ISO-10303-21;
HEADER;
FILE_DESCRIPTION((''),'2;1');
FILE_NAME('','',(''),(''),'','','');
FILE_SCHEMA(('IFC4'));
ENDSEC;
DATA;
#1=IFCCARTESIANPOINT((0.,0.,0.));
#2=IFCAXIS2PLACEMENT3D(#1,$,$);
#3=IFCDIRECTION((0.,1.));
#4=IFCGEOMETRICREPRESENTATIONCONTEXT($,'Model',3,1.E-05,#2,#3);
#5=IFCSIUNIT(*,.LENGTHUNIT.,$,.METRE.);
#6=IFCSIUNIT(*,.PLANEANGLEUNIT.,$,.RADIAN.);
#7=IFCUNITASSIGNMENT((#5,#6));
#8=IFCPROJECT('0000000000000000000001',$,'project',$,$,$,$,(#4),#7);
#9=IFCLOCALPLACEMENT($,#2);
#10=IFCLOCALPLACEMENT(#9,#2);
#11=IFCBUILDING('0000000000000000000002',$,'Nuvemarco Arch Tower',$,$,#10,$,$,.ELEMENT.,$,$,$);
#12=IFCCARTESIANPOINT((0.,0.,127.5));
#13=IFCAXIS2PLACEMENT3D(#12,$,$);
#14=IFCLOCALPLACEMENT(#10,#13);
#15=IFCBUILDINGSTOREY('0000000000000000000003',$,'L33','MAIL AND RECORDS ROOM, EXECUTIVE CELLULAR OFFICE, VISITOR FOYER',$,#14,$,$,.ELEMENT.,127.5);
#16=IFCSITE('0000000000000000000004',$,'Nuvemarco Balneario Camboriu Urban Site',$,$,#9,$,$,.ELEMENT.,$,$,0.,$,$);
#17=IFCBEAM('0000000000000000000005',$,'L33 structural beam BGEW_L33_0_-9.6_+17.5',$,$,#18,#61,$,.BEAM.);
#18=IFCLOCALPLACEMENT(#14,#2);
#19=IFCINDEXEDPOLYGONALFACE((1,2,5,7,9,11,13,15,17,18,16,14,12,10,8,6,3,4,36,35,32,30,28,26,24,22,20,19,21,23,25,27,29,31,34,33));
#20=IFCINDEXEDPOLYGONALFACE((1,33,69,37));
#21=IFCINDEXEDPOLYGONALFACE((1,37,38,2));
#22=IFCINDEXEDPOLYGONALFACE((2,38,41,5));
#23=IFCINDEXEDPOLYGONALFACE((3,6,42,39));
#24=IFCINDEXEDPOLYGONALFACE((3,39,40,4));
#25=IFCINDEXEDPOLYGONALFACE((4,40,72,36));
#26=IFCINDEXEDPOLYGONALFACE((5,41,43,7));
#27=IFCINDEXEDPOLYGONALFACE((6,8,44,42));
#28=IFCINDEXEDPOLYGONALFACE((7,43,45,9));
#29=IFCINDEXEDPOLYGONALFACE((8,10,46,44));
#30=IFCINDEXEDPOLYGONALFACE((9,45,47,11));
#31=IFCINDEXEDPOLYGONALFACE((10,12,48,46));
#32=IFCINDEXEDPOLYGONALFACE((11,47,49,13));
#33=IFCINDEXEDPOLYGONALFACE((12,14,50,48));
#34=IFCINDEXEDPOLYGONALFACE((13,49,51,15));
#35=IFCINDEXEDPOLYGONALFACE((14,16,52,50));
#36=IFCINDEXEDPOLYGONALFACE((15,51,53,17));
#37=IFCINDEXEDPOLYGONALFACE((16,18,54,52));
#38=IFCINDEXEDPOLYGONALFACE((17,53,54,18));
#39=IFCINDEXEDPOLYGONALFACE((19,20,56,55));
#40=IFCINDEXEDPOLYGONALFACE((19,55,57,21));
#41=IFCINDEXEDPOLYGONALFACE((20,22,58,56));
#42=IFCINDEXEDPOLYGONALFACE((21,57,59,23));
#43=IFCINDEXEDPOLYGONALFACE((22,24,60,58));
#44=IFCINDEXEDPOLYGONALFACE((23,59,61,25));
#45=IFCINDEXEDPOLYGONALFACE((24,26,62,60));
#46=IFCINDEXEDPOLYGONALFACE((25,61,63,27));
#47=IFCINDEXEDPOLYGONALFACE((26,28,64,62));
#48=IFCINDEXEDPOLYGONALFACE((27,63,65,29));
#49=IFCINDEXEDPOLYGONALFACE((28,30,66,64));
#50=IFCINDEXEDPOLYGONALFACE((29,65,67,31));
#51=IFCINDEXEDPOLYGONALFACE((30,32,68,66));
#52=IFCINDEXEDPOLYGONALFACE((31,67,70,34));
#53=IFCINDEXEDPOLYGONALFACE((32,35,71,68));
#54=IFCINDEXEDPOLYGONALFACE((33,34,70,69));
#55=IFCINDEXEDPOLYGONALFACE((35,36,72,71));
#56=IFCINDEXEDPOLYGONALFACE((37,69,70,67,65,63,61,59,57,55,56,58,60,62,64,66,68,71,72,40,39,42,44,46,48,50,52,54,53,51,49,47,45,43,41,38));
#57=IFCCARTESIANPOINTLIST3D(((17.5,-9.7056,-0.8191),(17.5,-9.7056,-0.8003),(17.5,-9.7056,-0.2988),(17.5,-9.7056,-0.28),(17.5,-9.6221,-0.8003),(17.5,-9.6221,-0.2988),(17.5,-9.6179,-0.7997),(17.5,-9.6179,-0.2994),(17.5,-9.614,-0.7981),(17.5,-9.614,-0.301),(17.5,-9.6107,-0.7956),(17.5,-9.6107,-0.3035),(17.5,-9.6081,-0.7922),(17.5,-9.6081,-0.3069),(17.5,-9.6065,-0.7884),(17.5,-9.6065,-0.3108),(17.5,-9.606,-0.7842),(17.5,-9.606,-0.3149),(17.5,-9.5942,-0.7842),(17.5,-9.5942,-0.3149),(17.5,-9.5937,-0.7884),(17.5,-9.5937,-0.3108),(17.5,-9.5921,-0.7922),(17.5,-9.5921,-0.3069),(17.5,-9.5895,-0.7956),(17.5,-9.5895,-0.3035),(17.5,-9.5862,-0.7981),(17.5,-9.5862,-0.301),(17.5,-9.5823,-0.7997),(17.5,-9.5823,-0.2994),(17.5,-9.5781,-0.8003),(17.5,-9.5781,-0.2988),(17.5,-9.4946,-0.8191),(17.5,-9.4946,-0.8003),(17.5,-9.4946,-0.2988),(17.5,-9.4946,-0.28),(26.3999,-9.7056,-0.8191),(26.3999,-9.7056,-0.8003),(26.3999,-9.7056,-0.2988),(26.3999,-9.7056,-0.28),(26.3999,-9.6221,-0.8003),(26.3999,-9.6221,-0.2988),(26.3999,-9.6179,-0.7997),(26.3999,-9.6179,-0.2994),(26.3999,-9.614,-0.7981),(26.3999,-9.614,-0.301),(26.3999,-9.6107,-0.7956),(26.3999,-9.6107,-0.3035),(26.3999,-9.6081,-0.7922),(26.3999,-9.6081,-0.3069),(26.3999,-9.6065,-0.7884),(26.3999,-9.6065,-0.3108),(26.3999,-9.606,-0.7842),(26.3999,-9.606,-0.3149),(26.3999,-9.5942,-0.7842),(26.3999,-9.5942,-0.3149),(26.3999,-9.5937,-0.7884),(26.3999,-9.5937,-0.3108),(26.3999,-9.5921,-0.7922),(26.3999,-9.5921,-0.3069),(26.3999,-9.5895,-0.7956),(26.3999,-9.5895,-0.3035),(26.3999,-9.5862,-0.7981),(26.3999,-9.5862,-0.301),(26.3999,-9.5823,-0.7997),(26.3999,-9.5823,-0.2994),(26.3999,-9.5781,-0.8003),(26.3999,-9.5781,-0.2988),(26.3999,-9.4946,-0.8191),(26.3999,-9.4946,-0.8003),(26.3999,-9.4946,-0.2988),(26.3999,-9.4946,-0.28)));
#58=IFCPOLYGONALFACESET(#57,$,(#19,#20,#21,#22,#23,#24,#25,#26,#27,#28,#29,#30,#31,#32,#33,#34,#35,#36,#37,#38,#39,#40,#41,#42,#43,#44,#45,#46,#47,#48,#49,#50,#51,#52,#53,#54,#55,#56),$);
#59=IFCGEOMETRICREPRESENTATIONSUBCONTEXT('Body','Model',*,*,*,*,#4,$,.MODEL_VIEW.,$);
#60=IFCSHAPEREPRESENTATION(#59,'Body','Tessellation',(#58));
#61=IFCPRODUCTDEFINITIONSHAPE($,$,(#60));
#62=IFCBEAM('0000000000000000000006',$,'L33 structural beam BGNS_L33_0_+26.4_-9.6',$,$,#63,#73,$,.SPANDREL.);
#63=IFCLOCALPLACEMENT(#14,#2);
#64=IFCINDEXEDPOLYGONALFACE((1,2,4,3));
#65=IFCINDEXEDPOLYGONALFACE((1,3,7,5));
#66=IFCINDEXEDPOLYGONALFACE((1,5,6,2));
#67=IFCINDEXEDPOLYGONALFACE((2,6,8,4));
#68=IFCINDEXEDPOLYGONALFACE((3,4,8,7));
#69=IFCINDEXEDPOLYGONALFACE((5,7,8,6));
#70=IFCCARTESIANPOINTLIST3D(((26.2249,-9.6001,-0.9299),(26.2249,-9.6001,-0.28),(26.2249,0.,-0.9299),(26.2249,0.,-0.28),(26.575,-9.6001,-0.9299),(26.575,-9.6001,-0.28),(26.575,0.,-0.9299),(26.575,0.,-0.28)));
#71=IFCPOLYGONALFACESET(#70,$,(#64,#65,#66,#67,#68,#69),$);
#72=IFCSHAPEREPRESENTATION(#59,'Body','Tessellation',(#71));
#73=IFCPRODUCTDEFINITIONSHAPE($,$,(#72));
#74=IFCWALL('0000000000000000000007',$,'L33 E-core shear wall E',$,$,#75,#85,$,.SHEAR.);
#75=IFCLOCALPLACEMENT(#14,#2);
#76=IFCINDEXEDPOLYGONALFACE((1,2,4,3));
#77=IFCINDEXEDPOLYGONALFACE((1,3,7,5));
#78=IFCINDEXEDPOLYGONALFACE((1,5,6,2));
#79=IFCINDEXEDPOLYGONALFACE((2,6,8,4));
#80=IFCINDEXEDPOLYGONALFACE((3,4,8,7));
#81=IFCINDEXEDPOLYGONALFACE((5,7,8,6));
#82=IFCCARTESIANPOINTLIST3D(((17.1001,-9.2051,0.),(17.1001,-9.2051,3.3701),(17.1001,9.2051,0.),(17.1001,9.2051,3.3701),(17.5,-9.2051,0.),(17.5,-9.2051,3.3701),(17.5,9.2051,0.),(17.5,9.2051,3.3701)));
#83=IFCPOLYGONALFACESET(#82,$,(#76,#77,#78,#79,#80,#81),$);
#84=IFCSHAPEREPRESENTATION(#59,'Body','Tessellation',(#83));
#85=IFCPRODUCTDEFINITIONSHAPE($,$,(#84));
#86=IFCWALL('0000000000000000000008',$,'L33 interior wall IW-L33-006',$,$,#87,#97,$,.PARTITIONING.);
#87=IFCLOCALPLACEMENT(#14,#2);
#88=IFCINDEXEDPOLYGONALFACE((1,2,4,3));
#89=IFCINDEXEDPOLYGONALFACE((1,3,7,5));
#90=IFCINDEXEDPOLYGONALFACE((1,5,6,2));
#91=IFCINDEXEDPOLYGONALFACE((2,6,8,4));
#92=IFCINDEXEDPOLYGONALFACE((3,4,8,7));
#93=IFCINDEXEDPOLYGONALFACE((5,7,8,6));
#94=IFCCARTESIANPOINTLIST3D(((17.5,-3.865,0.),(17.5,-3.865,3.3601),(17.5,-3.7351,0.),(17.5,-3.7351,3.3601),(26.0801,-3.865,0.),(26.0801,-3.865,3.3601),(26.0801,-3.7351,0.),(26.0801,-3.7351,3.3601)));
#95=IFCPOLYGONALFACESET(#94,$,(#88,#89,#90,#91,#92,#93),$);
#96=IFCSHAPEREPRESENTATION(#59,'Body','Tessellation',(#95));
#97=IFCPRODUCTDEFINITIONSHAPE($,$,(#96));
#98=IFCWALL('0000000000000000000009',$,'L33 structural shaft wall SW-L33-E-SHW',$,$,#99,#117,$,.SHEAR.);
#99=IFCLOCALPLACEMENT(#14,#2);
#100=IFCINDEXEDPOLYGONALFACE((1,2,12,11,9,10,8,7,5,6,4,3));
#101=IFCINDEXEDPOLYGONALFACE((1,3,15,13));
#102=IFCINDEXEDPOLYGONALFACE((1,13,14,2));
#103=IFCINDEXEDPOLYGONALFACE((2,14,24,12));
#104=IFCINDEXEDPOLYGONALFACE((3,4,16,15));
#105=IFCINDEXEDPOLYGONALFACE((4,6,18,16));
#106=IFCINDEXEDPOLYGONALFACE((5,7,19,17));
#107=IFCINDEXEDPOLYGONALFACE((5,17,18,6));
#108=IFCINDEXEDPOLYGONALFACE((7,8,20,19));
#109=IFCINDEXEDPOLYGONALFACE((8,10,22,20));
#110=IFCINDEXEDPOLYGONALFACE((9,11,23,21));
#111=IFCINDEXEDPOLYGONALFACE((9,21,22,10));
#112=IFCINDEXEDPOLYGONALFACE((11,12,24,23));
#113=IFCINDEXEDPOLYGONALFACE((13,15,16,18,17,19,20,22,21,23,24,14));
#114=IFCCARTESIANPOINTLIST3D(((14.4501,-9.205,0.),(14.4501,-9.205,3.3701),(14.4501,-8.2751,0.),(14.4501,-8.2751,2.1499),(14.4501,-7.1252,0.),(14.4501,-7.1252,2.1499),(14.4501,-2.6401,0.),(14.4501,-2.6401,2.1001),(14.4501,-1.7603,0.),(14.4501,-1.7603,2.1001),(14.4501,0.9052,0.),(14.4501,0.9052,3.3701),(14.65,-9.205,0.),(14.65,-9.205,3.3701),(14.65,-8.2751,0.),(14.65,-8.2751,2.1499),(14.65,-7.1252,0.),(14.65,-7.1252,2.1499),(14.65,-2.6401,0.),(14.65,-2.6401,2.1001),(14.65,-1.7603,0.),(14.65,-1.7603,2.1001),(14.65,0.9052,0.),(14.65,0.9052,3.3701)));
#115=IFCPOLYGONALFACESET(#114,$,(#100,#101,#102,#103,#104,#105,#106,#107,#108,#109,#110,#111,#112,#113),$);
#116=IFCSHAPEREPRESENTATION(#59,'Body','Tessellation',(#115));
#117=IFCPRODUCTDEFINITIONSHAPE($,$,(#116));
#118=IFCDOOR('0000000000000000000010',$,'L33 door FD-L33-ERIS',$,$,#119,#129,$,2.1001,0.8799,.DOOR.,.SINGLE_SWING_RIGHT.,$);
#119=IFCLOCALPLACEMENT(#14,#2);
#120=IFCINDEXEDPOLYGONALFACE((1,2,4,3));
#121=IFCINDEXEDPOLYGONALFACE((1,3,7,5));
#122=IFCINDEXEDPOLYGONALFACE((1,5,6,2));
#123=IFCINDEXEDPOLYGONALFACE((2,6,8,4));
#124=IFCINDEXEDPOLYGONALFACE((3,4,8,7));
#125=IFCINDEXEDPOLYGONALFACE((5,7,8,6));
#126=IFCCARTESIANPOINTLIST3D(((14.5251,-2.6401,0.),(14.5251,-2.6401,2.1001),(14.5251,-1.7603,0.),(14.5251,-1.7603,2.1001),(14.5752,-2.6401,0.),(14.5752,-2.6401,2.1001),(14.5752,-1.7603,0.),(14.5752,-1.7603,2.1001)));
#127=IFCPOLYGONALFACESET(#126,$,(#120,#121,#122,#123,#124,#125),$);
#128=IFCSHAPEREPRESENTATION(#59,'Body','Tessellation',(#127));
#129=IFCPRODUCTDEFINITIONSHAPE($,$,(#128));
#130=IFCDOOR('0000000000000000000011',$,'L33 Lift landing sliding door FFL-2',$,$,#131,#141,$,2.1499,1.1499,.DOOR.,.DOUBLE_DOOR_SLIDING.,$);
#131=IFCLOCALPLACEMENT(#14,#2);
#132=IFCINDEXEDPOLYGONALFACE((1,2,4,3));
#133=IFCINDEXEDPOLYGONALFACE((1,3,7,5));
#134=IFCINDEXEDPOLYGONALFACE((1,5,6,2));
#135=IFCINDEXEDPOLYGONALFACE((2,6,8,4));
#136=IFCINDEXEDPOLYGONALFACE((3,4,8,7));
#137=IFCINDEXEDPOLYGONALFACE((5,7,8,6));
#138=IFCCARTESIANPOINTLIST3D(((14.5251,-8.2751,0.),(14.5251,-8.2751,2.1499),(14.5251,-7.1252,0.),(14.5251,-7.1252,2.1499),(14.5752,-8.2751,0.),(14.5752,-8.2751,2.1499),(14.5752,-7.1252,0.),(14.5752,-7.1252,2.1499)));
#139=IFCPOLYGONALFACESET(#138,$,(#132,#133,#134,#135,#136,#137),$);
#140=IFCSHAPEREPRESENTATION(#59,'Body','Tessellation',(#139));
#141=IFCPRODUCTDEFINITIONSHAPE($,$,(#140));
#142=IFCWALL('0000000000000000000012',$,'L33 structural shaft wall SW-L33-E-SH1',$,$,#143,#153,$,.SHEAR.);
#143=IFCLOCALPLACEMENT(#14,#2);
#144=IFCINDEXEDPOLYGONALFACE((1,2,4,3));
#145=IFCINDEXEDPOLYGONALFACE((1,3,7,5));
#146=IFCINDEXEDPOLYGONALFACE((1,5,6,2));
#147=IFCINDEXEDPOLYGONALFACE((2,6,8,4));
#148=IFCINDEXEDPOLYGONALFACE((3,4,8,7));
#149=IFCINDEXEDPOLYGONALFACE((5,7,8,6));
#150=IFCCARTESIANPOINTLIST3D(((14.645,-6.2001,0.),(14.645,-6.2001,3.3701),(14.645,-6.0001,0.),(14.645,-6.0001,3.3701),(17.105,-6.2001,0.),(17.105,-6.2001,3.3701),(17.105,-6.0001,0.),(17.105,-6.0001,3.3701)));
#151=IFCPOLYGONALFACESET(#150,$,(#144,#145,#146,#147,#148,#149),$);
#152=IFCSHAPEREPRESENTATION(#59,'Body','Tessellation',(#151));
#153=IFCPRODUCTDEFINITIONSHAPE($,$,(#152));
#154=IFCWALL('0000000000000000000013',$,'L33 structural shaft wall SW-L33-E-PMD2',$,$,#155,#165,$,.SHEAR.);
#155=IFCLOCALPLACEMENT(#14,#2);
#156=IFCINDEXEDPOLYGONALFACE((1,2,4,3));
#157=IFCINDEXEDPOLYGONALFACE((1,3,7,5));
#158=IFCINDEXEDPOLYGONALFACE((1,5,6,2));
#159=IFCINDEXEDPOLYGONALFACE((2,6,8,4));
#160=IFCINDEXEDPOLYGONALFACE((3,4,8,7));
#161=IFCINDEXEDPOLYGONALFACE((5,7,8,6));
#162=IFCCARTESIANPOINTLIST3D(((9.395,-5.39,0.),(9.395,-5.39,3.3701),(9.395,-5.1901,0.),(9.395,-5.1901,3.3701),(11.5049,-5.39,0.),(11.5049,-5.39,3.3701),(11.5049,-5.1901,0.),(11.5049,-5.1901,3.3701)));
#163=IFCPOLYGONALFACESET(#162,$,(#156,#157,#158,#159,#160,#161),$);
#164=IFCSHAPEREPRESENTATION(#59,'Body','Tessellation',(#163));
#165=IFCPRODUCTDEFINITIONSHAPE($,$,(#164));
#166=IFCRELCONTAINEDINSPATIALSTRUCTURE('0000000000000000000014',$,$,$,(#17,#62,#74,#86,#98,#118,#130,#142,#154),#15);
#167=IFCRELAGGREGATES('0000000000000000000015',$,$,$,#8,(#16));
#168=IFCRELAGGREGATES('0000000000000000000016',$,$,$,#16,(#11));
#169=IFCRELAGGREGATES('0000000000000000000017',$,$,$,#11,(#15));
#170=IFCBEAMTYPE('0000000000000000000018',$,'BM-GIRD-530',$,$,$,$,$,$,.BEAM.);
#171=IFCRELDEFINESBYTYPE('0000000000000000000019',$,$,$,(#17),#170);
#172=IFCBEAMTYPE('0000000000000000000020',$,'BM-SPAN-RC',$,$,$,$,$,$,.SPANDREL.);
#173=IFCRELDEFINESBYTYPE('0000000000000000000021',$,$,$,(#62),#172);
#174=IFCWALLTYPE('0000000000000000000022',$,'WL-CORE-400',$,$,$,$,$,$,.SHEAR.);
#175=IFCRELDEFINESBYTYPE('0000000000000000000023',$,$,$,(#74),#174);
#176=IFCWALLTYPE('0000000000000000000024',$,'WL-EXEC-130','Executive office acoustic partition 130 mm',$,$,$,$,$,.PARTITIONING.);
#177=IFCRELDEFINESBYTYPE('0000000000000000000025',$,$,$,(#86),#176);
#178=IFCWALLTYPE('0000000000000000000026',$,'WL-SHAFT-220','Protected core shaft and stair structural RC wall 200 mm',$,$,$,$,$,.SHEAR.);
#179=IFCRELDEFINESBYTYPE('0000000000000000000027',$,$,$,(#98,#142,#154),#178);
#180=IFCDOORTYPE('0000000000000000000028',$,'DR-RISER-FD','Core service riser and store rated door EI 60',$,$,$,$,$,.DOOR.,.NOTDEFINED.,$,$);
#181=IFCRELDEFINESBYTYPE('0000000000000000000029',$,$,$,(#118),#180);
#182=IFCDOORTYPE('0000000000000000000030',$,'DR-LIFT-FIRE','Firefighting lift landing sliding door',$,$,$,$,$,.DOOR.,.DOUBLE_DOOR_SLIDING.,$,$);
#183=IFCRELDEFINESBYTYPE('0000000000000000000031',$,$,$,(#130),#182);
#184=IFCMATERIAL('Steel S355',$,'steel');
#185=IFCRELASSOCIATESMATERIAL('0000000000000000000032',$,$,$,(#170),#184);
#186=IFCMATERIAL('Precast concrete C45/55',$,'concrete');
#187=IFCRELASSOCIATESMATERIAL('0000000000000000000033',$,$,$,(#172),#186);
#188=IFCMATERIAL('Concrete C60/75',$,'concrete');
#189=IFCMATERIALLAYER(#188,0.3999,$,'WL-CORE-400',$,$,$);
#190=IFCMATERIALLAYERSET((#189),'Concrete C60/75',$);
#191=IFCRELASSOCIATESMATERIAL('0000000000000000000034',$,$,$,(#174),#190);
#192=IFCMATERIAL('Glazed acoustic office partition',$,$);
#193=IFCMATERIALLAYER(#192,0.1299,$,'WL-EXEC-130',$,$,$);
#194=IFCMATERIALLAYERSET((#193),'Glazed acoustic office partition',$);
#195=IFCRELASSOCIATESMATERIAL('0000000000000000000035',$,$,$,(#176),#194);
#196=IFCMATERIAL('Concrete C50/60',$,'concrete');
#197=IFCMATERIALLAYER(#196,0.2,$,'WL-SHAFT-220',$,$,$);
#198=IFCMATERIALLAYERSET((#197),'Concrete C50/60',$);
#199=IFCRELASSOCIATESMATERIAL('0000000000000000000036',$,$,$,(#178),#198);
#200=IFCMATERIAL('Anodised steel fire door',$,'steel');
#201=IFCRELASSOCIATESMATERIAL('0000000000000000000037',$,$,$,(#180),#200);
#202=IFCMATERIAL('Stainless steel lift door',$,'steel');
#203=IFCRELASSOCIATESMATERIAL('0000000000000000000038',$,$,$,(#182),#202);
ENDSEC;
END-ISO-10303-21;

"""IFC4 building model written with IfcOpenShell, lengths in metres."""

from ifc_helpers import new_model, si_unit, direction, frame, frame_2d, origin, origin_2d, place, context, subcontext, project, spatial, rectangle, i_section, extrude, source, transform, mapped, material, layer, layer_set, material_profile, profile_set, type_object, type_shapes, element, fill, save


model = new_model("IFC4")

# Units and contexts
model_context = context("Model", 3, precision=1e-05, world=origin(), true_north=direction((0.0, 1.0)))
body_context = subcontext(model_context, "Body", "Model", "MODEL_VIEW")
ifc_project = project(units=[si_unit("LENGTHUNIT", "METRE"), si_unit("PLANEANGLEUNIT", "RADIAN")], contexts=[model_context])

# Site, building, storey
site_placement = place(None, origin())
site = spatial("IfcSite", under=ifc_project, at=site_placement, Name="Nuvemarco Balneario Camboriu Urban Site", CompositionType="ELEMENT", RefElevation=0.0)
building_placement = place(site_placement, origin())
building = spatial("IfcBuilding", under=site, at=building_placement, Name="Nuvemarco Arch Tower", CompositionType="ELEMENT")
storey_placement = place(building_placement, frame((0.0, 0.0, 127.5)))
storey = spatial("IfcBuildingStorey", under=building, at=storey_placement, Name="L33", Description="MAIL AND RECORDS ROOM, EXECUTIVE CELLULAR OFFICE, VISITOR FOYER", CompositionType="ELEMENT", Elevation=127.5)

# Shared definitions
ifc_material_1 = material(Name="Concrete C50/60", Category="concrete")
ifc_material_2 = material(Name="Steel S355", Category="steel")

# Beams
ifc_material_profile_1 = material_profile(ifc_material_2, i_section(OverallWidth=0.2109, OverallDepth=0.5391, WebThickness=0.0117, FlangeThickness=0.0188, FilletRadius=0.0161, at=origin_2d()), Name="W530x109")
ifc_profile_set_1 = profile_set([ifc_material_profile_1], Name="Steel S355")
beam_type_1 = type_object("IfcBeamType", Name="BM-GIRD-530", PredefinedType="BEAM", material=ifc_profile_set_1)
beam_1_placement = place(storey_placement, frame((17.5, -9.6001, -0.5496), z_axis=(1.0, 0.0, 0.0), x_axis=(0.0, 1.0, 0.0)))
element("IfcBeam", 1, at=beam_1_placement, inside=storey, type_object=beam_type_1, Name="L33 structural beam BGEW_L33_0_-9.6_+17.5", PredefinedType="BEAM", context=body_context, shape_type="SweptSolid", body=[
    extrude(i_section(OverallWidth=0.2109, OverallDepth=0.5391, WebThickness=0.0117, FlangeThickness=0.0188, FilletRadius=0.0161, at=origin_2d()), origin(), (0.0, 0.0, 1.0), 8.8999),
])
ifc_material_3 = material(Name="Precast concrete C45/55", Category="concrete")
ifc_material_profile_2 = material_profile(ifc_material_3, rectangle(XDim=0.3501, YDim=0.6499, at=origin_2d()), Name="PC-SP-350x650")
ifc_profile_set_2 = profile_set([ifc_material_profile_2], Name="Precast concrete C45/55")
beam_type_2 = type_object("IfcBeamType", Name="BM-SPAN-RC", PredefinedType="SPANDREL", material=ifc_profile_set_2)
beam_2_placement = place(storey_placement, frame((26.3999, -9.6001, -0.605), z_axis=(0.0, 1.0, 0.0), x_axis=(-1.0, 0.0, 0.0)))
element("IfcBeam", 2, at=beam_2_placement, inside=storey, type_object=beam_type_2, Name="L33 structural beam BGNS_L33_0_+26.4_-9.6", PredefinedType="SPANDREL", context=body_context, shape_type="SweptSolid", body=[
    extrude(rectangle(XDim=0.3501, YDim=0.6499, at=origin_2d()), origin(), (0.0, 0.0, 1.0), 9.6001),
])

# Walls
ifc_material_4 = material(Name="Concrete C60/75", Category="concrete")
ifc_layer_1 = layer(ifc_material_4, 0.3999, Name="WL-CORE-400")
ifc_layer_set_1 = layer_set([ifc_layer_1], Name="Concrete C60/75")
wall_type_1 = type_object("IfcWallType", Name="WL-CORE-400", PredefinedType="SHEAR", material=ifc_layer_set_1)
wall_1_placement = place(storey_placement, frame((17.3, -9.2051, 0.0), z_axis=(0.0, 0.0, 1.0), x_axis=(0.0, 1.0, 0.0)))
element("IfcWall", 3, at=wall_1_placement, inside=storey, type_object=wall_type_1, Name="L33 E-core shear wall E", PredefinedType="SHEAR", context=body_context, shape_type="SweptSolid", body=[
    extrude(rectangle(XDim=18.4102, YDim=0.3999, at=frame_2d((9.2051, 0.0))), origin(), (0.0, 0.0, 1.0), 3.3701),
])
ifc_material_5 = material(Name="Glazed acoustic office partition")
ifc_layer_2 = layer(ifc_material_5, 0.1299, Name="WL-EXEC-130")
ifc_layer_set_2 = layer_set([ifc_layer_2], Name="Glazed acoustic office partition")
wall_type_2 = type_object("IfcWallType", Name="WL-EXEC-130", Description="Executive office acoustic partition 130 mm", PredefinedType="PARTITIONING", material=ifc_layer_set_2)
wall_2_placement = place(storey_placement, frame((17.5, -3.8, 0.0), z_axis=(0.0, 0.0, 1.0), x_axis=(1.0, 0.0, 0.0)))
element("IfcWall", 4, at=wall_2_placement, inside=storey, type_object=wall_type_2, Name="L33 interior wall IW-L33-006", PredefinedType="PARTITIONING", context=body_context, shape_type="SweptSolid", body=[
    extrude(rectangle(XDim=8.5801, YDim=0.1299, at=frame_2d((4.29, 0.0))), origin(), (0.0, 0.0, 1.0), 3.3601),
])

# Wall, openings, doors
ifc_layer_3 = layer(ifc_material_1, 0.2, Name="WL-SHAFT-220")
ifc_layer_set_3 = layer_set([ifc_layer_3], Name="Concrete C50/60")
wall_type_3 = type_object("IfcWallType", Name="WL-SHAFT-220", Description="Protected core shaft and stair structural RC wall 200 mm", PredefinedType="SHEAR", material=ifc_layer_set_3)
wall_3_placement = place(storey_placement, frame((14.55, -9.2051, 0.0), z_axis=(0.0, 0.0, 1.0), x_axis=(0.0, 1.0, 0.0)))
wall_3 = element("IfcWall", 5, at=wall_3_placement, inside=storey, type_object=wall_type_3, Name="L33 structural shaft wall SW-L33-E-SHW", PredefinedType="SHEAR", context=body_context, shape_type="SweptSolid", body=[
    extrude(rectangle(XDim=10.1101, YDim=0.2, at=frame_2d((5.0552, 0.0))), origin(), (0.0, 0.0, 1.0), 3.3701),
])
opening_1_placement = place(wall_3_placement, frame((6.5649, 0.0, 0.0)))
opening_1 = element("IfcOpeningElement", 6, at=opening_1_placement, cuts=wall_3, PredefinedType="OPENING", context=body_context, shape_type="SweptSolid", body=[
    extrude(rectangle(XDim=0.8799, YDim=2.1001, at=frame_2d((0.4399, 1.05))), frame((0.0, 0.1099, 0.0), z_axis=(0.0, -1.0, 0.0), x_axis=(1.0, 0.0, 0.0)), (0.0, 0.0, 1.0), 0.22),
])
opening_2_placement = place(wall_3_placement, frame((0.9299, 0.0, 0.0)))
opening_2 = element("IfcOpeningElement", 7, at=opening_2_placement, cuts=wall_3, PredefinedType="OPENING", context=body_context, shape_type="SweptSolid", body=[
    extrude(rectangle(XDim=1.1499, YDim=2.1499, at=frame_2d((0.575, 1.075))), frame((0.0, 0.1099, 0.0), z_axis=(0.0, -1.0, 0.0), x_axis=(1.0, 0.0, 0.0)), (0.0, 0.0, 1.0), 0.22),
])
ifc_material_6 = material(Name="Anodised steel fire door", Category="steel")
door_type_1 = type_object("IfcDoorType", Name="DR-RISER-FD", Description="Core service riser and store rated door EI 60", OperationType="NOTDEFINED", PredefinedType="DOOR", material=ifc_material_6)
shared_shape_1 = source(origin(), body_context, "Body", "SweptSolid", [
    extrude(rectangle(XDim=0.8799, YDim=2.1001, at=frame_2d((0.4399, 1.05))), frame((0.0, 0.0249, 0.0), z_axis=(0.0, -1.0, 0.0), x_axis=(1.0, 0.0, 0.0)), (0.0, 0.0, 1.0), 0.05),
])
type_shapes(door_type_1, [shared_shape_1])
door_1_placement = place(opening_1_placement, origin())
door_1 = element("IfcDoor", 8, at=door_1_placement, inside=storey, type_object=door_type_1, Name="L33 door FD-L33-ERIS", OperationType="SINGLE_SWING_RIGHT", OverallHeight=2.1001, OverallWidth=0.8799, PredefinedType="DOOR", context=body_context, shape_type="MappedRepresentation", body=[
    mapped(shared_shape_1, transform((0.0, 0.0, 0.0), scale=1.0)),
])
fill(opening_1, door_1)
ifc_material_7 = material(Name="Stainless steel lift door", Category="steel")
door_type_2 = type_object("IfcDoorType", Name="DR-LIFT-FIRE", Description="Firefighting lift landing sliding door", OperationType="DOUBLE_DOOR_SLIDING", PredefinedType="DOOR", material=ifc_material_7)
shared_shape_2 = source(origin(), body_context, "Body", "SweptSolid", [
    extrude(rectangle(XDim=1.1499, YDim=2.1499, at=frame_2d((0.575, 1.075))), frame((0.0, 0.0249, 0.0), z_axis=(0.0, -1.0, 0.0), x_axis=(1.0, 0.0, 0.0)), (0.0, 0.0, 1.0), 0.05),
])
type_shapes(door_type_2, [shared_shape_2])
door_2_placement = place(opening_2_placement, origin())
door_2 = element("IfcDoor", 9, at=door_2_placement, inside=storey, type_object=door_type_2, Name="L33 Lift landing sliding door FFL-2", OperationType="DOUBLE_DOOR_SLIDING", OverallHeight=2.1499, OverallWidth=1.1499, PredefinedType="DOOR", context=body_context, shape_type="MappedRepresentation", body=[
    mapped(shared_shape_2, transform((0.0, 0.0, 0.0), scale=1.0)),
])
fill(opening_2, door_2)

# Wall
wall_4_placement = place(storey_placement, frame((14.645, -6.1001, 0.0), z_axis=(0.0, 0.0, 1.0), x_axis=(1.0, 0.0, 0.0)))
element("IfcWall", 10, at=wall_4_placement, inside=storey, type_object=wall_type_3, Name="L33 structural shaft wall SW-L33-E-SH1", PredefinedType="SHEAR", context=body_context, shape_type="SweptSolid", body=[
    extrude(rectangle(XDim=2.46, YDim=0.2, at=frame_2d((1.23, 0.0))), origin(), (0.0, 0.0, 1.0), 3.3701),
])

# Wall
for number, where, z_axis, x_axis, name in (
    (11, (9.395, -5.29, 0.0), (0.0, 0.0, 1.0), (1.0, 0.0, 0.0), "L33 structural shaft wall SW-L33-E-PMD2"),
):
    element("IfcWall", number, at=place(storey_placement, frame(where, z_axis=z_axis, x_axis=x_axis)), inside=storey, type_object=wall_type_3, Name=name, PredefinedType="SHEAR", context=body_context, shape_type="SweptSolid", body=[
        extrude(rectangle(XDim=2.1099, YDim=0.2, at=frame_2d((1.0549, 0.0))), origin(), (0.0, 0.0, 1.0), 3.3701),
    ])

save(model, "model.ifc")
